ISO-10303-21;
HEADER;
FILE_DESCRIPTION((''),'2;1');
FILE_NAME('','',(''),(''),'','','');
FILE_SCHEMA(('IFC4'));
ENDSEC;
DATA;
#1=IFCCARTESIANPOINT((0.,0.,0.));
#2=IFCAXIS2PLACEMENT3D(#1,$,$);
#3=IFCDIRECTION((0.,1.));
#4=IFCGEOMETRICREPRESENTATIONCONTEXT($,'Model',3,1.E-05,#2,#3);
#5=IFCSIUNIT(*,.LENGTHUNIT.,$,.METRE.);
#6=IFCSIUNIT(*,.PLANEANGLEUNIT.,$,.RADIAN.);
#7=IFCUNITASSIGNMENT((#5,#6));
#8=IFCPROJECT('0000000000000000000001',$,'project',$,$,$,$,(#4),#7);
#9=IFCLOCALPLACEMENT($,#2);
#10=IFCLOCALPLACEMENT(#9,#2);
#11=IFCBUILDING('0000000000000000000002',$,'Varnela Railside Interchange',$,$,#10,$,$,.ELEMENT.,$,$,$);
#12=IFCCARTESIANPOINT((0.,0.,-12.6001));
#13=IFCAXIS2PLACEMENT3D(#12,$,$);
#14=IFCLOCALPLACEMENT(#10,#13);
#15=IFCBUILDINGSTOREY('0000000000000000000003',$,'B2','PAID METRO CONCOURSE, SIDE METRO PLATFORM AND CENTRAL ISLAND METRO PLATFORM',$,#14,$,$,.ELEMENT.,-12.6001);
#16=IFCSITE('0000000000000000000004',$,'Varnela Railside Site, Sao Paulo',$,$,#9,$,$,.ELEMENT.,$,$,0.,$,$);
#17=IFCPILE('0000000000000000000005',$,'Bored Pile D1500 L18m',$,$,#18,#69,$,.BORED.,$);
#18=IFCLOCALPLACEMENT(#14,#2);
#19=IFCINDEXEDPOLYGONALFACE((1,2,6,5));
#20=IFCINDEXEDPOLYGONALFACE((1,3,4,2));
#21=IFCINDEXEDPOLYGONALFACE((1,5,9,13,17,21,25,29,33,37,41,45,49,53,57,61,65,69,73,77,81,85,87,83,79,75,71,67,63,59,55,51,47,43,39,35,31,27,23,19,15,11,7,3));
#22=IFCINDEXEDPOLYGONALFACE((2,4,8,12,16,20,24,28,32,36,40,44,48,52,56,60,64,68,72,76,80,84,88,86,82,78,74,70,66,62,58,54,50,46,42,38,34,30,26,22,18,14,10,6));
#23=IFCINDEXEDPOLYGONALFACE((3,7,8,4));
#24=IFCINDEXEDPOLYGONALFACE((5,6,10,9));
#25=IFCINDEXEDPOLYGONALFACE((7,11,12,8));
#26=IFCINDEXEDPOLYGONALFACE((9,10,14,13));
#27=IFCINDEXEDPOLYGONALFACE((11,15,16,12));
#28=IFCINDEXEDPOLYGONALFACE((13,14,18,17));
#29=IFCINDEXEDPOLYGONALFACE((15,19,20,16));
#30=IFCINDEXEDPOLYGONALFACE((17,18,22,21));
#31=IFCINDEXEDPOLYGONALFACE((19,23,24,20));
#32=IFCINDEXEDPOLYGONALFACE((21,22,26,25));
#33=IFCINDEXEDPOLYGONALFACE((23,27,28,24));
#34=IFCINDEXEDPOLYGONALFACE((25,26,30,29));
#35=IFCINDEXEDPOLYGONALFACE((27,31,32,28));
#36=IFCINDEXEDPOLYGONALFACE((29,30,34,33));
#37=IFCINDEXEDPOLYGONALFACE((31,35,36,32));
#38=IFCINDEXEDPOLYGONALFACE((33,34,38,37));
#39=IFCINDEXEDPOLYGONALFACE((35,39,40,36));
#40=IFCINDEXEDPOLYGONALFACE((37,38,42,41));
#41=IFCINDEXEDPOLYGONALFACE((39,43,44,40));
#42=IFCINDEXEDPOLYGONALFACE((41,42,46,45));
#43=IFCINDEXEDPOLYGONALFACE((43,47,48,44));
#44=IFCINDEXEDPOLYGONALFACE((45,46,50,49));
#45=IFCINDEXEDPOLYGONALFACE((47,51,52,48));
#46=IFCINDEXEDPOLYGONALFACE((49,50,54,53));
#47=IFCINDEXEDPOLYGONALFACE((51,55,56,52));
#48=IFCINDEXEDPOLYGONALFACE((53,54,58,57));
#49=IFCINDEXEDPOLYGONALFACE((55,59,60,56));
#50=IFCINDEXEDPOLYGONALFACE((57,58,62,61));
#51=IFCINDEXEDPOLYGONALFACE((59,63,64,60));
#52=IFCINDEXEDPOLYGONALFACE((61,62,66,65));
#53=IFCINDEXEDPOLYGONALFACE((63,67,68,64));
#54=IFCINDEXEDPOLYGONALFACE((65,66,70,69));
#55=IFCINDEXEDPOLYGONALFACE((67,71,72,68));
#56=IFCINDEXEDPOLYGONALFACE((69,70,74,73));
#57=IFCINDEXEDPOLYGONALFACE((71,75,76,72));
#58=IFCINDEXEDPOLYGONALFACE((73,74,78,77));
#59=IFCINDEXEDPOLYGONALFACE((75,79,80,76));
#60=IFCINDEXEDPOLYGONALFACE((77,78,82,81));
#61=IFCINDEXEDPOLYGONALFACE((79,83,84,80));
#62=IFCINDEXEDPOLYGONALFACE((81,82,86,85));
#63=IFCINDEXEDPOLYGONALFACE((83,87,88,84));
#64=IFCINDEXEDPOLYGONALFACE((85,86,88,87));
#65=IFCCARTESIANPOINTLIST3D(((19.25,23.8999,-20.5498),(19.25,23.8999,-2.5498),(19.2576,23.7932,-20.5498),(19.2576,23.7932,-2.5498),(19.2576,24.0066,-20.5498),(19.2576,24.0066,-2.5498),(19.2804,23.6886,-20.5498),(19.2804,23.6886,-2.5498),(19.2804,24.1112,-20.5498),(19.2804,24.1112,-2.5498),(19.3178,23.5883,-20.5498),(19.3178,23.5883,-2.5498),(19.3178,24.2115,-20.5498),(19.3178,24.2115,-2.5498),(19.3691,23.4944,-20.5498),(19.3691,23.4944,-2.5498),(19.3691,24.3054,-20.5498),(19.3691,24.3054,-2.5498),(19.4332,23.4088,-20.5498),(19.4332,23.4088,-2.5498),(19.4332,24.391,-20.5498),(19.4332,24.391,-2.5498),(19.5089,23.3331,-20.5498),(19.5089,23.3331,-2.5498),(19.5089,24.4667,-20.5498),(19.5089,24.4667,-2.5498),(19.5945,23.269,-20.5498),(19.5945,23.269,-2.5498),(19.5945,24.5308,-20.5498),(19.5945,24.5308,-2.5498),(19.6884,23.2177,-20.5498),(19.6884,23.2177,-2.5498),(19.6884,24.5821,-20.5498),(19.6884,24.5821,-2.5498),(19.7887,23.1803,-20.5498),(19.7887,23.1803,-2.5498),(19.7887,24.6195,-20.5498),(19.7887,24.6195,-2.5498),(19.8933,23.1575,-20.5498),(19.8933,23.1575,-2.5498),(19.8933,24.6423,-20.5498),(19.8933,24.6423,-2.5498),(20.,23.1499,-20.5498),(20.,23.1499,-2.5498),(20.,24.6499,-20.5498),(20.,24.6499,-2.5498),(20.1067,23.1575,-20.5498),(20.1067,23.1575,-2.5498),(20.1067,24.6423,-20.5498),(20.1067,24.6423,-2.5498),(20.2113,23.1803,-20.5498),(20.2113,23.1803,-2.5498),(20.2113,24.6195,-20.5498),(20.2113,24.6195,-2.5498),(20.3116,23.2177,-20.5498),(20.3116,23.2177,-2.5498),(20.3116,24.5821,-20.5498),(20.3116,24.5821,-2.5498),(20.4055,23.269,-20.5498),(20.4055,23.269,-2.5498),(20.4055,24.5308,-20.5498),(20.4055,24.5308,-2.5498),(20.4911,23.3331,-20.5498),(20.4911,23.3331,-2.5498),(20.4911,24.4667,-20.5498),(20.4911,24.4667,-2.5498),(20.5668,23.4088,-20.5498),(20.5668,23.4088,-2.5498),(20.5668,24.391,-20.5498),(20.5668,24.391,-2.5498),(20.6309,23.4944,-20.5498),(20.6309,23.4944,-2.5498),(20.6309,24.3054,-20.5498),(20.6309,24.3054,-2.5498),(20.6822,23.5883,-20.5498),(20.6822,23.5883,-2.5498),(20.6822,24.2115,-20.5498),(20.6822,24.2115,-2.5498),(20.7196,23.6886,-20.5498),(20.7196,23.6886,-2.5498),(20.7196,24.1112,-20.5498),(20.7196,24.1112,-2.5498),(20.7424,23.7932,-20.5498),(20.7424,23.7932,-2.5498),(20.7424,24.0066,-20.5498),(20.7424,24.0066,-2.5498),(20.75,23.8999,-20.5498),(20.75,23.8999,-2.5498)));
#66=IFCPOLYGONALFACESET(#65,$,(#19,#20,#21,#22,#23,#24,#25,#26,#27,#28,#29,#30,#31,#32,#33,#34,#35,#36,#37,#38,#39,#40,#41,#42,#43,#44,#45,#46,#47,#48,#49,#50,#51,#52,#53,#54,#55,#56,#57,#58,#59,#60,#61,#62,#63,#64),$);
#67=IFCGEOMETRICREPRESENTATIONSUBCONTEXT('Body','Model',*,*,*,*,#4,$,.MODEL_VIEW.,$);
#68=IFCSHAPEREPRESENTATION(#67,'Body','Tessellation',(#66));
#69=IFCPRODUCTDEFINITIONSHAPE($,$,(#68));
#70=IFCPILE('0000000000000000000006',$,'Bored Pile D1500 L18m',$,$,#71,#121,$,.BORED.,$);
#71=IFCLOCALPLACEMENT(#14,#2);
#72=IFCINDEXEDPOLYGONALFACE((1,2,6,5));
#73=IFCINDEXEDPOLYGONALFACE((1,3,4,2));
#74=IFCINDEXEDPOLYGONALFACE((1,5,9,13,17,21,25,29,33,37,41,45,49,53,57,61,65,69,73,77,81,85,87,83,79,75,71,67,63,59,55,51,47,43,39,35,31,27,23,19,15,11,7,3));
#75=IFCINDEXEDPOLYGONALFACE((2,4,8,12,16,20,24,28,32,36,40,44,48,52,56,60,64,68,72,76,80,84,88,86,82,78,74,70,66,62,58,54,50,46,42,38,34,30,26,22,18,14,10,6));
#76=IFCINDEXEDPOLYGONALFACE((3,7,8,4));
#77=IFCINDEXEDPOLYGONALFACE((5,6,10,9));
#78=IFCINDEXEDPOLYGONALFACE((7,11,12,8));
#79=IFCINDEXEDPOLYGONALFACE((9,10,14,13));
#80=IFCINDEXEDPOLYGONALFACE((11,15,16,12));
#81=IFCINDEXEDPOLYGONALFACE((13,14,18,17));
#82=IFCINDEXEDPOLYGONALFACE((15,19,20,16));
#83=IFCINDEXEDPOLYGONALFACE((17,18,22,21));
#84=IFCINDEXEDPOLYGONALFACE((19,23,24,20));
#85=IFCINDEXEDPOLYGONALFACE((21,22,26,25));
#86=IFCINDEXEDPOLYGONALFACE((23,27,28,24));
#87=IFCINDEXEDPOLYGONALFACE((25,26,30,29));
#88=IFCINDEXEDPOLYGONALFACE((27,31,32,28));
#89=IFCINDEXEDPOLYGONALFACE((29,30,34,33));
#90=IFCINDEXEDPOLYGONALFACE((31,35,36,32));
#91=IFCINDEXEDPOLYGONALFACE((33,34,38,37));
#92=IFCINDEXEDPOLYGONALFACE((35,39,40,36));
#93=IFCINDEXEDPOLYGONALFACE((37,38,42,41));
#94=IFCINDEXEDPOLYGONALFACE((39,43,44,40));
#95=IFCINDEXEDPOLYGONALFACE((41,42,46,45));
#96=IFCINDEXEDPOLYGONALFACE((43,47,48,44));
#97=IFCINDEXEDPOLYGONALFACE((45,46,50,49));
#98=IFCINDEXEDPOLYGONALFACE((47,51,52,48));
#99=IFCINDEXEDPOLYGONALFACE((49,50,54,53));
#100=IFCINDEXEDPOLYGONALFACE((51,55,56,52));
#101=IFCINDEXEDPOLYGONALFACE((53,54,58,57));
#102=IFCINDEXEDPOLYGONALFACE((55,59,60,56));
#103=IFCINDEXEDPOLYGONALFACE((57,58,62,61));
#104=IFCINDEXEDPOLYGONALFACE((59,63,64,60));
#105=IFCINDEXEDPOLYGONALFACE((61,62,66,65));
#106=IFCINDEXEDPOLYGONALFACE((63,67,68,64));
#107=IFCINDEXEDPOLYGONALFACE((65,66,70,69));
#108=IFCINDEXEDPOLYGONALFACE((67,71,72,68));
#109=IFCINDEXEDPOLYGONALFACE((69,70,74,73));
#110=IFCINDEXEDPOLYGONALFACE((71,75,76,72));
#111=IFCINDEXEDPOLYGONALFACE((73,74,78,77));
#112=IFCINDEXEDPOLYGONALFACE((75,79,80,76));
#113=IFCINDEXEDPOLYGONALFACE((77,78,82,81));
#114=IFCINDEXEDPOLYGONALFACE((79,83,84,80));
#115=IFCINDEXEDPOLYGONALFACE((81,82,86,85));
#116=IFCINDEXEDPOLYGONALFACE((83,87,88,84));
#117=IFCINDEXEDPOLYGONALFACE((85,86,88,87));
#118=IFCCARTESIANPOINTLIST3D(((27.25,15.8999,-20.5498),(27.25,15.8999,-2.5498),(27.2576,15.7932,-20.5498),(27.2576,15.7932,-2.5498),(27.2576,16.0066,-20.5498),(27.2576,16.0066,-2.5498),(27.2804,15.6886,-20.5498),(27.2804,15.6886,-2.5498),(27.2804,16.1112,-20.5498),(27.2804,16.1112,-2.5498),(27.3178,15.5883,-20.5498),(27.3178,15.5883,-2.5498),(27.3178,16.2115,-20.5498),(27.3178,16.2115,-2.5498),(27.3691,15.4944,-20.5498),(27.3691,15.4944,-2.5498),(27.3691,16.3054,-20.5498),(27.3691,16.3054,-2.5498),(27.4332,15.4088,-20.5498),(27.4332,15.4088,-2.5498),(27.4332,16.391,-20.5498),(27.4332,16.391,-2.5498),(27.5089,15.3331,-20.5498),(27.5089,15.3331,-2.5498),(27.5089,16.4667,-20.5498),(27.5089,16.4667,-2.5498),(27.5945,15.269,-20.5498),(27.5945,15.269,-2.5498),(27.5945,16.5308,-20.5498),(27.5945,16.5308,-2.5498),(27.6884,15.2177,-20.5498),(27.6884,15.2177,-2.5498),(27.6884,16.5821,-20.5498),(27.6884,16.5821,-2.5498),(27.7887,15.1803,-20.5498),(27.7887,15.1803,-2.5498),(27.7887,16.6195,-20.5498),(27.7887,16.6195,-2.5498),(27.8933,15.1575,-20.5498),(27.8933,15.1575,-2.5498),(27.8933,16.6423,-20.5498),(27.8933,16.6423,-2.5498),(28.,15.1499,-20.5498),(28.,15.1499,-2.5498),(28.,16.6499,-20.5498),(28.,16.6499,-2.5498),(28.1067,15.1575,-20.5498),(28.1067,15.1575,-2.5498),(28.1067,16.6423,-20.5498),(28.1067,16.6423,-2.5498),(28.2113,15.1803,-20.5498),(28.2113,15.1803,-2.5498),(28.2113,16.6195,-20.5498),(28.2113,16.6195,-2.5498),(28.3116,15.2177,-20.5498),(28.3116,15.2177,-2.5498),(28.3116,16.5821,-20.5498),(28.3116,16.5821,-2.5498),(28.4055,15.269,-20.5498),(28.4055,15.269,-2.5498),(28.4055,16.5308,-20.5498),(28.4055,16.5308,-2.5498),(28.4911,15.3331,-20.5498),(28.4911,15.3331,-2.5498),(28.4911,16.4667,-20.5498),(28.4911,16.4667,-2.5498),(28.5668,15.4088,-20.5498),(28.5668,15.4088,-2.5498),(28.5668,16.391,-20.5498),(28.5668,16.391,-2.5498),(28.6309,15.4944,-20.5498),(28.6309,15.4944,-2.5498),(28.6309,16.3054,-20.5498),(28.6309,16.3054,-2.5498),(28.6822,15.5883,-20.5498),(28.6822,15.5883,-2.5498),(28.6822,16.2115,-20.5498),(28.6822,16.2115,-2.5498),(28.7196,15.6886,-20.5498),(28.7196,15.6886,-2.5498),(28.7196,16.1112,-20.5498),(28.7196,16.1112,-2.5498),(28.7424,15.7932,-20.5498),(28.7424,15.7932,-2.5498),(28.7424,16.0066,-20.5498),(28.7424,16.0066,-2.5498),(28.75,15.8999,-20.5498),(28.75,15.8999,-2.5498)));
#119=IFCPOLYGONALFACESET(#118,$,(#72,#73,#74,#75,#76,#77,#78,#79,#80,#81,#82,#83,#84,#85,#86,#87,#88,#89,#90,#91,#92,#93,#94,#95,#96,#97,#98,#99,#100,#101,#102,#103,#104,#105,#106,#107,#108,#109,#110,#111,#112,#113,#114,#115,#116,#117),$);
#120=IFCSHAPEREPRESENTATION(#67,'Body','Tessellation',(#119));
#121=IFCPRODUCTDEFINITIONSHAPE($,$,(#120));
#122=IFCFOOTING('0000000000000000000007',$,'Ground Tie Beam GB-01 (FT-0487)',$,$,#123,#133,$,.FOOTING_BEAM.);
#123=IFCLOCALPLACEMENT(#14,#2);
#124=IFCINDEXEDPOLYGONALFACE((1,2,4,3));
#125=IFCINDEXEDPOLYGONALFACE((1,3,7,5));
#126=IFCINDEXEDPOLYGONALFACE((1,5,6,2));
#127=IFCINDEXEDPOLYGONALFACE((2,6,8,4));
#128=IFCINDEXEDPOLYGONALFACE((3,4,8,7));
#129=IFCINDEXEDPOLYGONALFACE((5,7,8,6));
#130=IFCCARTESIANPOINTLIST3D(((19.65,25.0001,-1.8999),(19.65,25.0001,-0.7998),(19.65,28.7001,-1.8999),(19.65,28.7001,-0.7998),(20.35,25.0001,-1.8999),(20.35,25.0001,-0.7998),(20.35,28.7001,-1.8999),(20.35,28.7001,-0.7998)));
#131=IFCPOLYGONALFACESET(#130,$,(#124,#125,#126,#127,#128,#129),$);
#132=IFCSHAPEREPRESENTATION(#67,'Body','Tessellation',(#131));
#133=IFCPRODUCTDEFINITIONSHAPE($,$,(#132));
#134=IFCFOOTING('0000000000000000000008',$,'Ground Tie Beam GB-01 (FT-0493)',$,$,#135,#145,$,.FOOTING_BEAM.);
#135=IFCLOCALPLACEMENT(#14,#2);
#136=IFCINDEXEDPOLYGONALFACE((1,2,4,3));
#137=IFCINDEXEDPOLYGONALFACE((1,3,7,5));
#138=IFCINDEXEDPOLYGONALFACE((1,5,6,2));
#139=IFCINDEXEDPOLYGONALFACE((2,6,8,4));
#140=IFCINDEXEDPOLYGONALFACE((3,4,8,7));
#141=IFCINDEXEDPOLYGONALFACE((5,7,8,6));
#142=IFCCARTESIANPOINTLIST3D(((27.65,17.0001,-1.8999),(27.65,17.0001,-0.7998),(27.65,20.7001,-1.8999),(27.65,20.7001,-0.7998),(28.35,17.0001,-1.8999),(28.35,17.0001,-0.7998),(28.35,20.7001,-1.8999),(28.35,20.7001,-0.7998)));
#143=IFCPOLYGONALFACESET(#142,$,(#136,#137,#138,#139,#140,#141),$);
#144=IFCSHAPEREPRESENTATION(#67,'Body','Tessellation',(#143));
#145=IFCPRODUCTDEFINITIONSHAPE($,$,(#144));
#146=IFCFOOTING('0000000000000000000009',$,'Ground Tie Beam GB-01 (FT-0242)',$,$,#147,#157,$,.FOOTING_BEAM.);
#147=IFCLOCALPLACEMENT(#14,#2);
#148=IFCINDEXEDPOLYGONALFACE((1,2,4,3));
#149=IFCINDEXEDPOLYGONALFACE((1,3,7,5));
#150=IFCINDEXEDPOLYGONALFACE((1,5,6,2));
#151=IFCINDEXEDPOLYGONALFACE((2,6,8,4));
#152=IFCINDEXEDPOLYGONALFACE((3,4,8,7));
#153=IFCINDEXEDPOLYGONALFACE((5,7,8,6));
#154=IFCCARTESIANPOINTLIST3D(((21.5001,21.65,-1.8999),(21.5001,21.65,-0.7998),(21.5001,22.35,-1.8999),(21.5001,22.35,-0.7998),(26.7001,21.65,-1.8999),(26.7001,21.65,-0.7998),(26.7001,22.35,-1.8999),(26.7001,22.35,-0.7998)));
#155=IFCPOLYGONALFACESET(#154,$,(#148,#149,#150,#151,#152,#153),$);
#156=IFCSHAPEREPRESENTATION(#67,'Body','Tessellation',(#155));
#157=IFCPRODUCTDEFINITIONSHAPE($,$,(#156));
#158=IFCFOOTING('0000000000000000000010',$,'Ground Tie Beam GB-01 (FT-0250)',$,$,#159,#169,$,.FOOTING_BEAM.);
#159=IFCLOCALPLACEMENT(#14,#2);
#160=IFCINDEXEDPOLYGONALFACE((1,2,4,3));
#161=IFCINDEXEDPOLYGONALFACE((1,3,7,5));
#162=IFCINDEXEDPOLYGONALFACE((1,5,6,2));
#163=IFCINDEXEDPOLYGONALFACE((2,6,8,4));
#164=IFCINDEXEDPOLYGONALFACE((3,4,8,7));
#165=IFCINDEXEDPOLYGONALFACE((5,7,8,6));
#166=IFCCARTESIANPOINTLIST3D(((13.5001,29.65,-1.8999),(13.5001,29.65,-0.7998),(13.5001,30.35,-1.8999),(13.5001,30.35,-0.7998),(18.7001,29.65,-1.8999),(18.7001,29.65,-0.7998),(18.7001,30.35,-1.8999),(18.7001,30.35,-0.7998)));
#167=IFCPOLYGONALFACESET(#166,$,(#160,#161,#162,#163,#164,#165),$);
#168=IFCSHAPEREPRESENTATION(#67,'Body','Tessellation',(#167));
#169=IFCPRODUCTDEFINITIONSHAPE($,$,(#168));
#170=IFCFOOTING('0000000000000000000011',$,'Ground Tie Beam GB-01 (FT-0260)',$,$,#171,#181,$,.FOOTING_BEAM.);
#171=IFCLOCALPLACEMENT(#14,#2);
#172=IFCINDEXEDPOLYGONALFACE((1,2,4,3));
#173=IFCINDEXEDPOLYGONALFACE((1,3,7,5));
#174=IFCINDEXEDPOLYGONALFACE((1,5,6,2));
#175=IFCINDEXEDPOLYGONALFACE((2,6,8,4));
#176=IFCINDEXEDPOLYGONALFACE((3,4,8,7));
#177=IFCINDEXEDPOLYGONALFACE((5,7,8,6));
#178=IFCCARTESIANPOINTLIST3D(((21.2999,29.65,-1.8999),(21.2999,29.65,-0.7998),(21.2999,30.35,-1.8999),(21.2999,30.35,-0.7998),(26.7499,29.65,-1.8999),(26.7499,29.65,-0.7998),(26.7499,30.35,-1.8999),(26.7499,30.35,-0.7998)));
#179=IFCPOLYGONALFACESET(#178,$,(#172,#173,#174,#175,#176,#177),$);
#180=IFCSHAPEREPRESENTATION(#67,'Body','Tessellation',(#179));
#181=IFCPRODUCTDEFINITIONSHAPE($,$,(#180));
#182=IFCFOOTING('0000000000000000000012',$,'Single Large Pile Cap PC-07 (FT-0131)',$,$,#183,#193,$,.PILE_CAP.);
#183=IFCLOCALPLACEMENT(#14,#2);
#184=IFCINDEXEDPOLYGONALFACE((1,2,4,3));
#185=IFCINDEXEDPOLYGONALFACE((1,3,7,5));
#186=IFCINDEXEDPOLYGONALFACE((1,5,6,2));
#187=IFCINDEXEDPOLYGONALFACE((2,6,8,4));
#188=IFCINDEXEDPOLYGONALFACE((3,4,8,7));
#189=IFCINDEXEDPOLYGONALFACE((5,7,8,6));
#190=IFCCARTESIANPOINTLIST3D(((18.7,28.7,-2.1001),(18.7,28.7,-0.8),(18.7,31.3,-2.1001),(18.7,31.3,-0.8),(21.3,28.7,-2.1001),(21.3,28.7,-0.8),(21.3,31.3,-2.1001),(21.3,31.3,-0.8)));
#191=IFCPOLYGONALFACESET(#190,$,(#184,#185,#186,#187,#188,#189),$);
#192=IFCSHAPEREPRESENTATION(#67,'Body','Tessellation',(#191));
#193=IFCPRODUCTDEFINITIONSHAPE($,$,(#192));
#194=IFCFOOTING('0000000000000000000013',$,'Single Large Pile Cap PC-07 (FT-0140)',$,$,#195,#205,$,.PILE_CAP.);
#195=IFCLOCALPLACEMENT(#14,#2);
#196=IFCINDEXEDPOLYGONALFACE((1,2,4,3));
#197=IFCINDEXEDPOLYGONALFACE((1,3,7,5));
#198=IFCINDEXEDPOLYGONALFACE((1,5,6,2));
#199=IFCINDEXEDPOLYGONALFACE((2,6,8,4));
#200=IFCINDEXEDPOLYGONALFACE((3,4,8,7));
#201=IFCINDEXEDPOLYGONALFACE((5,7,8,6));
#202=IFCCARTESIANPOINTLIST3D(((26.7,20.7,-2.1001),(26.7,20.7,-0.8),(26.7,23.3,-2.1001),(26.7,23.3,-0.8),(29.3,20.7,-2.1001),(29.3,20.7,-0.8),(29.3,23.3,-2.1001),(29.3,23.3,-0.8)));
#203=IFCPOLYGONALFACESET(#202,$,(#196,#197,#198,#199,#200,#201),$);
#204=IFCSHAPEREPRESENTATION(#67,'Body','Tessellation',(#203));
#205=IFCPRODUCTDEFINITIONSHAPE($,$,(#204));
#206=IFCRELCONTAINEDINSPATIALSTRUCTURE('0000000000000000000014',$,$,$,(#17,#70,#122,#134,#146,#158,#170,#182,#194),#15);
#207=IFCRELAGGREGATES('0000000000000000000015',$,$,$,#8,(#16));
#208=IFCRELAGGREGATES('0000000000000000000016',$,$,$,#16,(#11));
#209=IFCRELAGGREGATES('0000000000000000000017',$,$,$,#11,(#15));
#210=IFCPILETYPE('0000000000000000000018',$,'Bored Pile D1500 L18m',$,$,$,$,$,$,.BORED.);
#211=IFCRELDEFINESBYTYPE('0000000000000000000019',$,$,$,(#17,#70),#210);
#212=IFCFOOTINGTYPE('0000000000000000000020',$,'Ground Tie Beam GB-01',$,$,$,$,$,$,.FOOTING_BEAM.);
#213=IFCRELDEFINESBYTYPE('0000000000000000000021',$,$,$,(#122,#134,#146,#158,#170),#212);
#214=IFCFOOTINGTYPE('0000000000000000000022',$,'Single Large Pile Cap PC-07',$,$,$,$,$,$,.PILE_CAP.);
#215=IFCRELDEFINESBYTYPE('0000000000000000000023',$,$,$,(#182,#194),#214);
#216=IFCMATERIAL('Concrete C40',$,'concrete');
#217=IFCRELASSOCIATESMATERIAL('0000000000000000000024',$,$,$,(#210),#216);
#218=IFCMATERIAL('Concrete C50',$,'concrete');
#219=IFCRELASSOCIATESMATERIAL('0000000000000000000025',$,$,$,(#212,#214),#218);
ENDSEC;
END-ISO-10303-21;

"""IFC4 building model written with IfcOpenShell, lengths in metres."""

from ifc_helpers import new_model, si_unit, direction, frame, origin, origin_2d, place, context, subcontext, project, spatial, rectangle, circle, extrude, material, material_profile, profile_set, type_object, element, save


model = new_model("IFC4")

# Units and contexts
model_context = context("Model", 3, precision=1e-05, world=origin(), true_north=direction((0.0, 1.0)))
body_context = subcontext(model_context, "Body", "Model", "MODEL_VIEW")
ifc_project = project(units=[si_unit("LENGTHUNIT", "METRE"), si_unit("PLANEANGLEUNIT", "RADIAN")], contexts=[model_context])

# Site, building, storey
site_placement = place(None, origin())
site = spatial("IfcSite", under=ifc_project, at=site_placement, Name="Varnela Railside Site, Sao Paulo", CompositionType="ELEMENT", RefElevation=0.0)
building_placement = place(site_placement, origin())
building = spatial("IfcBuilding", under=site, at=building_placement, Name="Varnela Railside Interchange", CompositionType="ELEMENT")
storey_placement = place(building_placement, frame((0.0, 0.0, -12.6001)))
storey = spatial("IfcBuildingStorey", under=building, at=storey_placement, Name="B2", Description="PAID METRO CONCOURSE, SIDE METRO PLATFORM AND CENTRAL ISLAND METRO PLATFORM", CompositionType="ELEMENT", Elevation=-12.6001)

# Piles
ifc_material_1 = material(Name="Concrete C40", Category="concrete")
ifc_material_profile_1 = material_profile(ifc_material_1, circle(Radius=0.75, at=origin_2d()), Name="BORED PILE D1500")
ifc_profile_set_1 = profile_set([ifc_material_profile_1], Name="Concrete C40")
pile_type_1 = type_object("IfcPileType", Name="Bored Pile D1500 L18m", PredefinedType="BORED", material=ifc_profile_set_1)
for number, where, z_axis, x_axis, name in (
    (1, (20.0, 23.8999, -2.5498), (0.0, 0.0, -1.0), (1.0, 0.0, 0.0), "Bored Pile D1500 L18m"),
    (2, (28.0, 15.8999, -2.5498), (0.0, 0.0, -1.0), (1.0, 0.0, 0.0), "Bored Pile D1500 L18m"),
):
    element("IfcPile", number, at=place(storey_placement, frame(where, z_axis=z_axis, x_axis=x_axis)), inside=storey, type_object=pile_type_1, Name=name, PredefinedType="BORED", context=body_context, shape_type="SweptSolid", body=[
        extrude(circle(Radius=0.75, at=origin_2d()), origin(), (0.0, 0.0, 1.0), 18.0),
    ])

# Footings
ifc_material_2 = material(Name="Concrete C50", Category="concrete")
footing_type_1 = type_object("IfcFootingType", Name="Ground Tie Beam GB-01", PredefinedType="FOOTING_BEAM", material=ifc_material_2)
for number, where, z_axis, x_axis, name in (
    (3, (20.0, 26.8501, -1.8999), (0.0, 0.0, 1.0), (1.0, 0.0, 0.0), "Ground Tie Beam GB-01 (FT-0487)"),
    (4, (28.0, 18.8501, -1.8999), (0.0, 0.0, 1.0), (1.0, 0.0, 0.0), "Ground Tie Beam GB-01 (FT-0493)"),
):
    element("IfcFooting", number, at=place(storey_placement, frame(where, z_axis=z_axis, x_axis=x_axis)), inside=storey, type_object=footing_type_1, Name=name, PredefinedType="FOOTING_BEAM", context=body_context, shape_type="SweptSolid", body=[
        extrude(rectangle(XDim=0.7, YDim=3.7, at=origin_2d()), origin(), (0.0, 0.0, 1.0), 1.1001),
    ])
for number, where, z_axis, x_axis, name in (
    (5, (24.1001, 22.0, -1.8999), (0.0, 0.0, 1.0), (1.0, 0.0, 0.0), "Ground Tie Beam GB-01 (FT-0242)"),
    (6, (16.1001, 30.0, -1.8999), (0.0, 0.0, 1.0), (1.0, 0.0, 0.0), "Ground Tie Beam GB-01 (FT-0250)"),
):
    element("IfcFooting", number, at=place(storey_placement, frame(where, z_axis=z_axis, x_axis=x_axis)), inside=storey, type_object=footing_type_1, Name=name, PredefinedType="FOOTING_BEAM", context=body_context, shape_type="SweptSolid", body=[
        extrude(rectangle(XDim=5.2, YDim=0.7, at=origin_2d()), origin(), (0.0, 0.0, 1.0), 1.1001),
    ])
footing_placement = place(storey_placement, frame((24.0249, 30.0, -1.8999), z_axis=(0.0, 0.0, 1.0), x_axis=(1.0, 0.0, 0.0)))
element("IfcFooting", 7, at=footing_placement, inside=storey, type_object=footing_type_1, Name="Ground Tie Beam GB-01 (FT-0260)", PredefinedType="FOOTING_BEAM", context=body_context, shape_type="SweptSolid", body=[
    extrude(rectangle(XDim=5.45, YDim=0.7, at=origin_2d()), origin(), (0.0, 0.0, 1.0), 1.1001),
])
footing_type_2 = type_object("IfcFootingType", Name="Single Large Pile Cap PC-07", PredefinedType="PILE_CAP", material=ifc_material_2)
for number, where, z_axis, x_axis, name in (
    (8, (20.0, 30.0, -2.1001), (0.0, 0.0, 1.0), (1.0, 0.0, 0.0), "Single Large Pile Cap PC-07 (FT-0131)"),
    (9, (28.0, 22.0, -2.1001), (0.0, 0.0, 1.0), (1.0, 0.0, 0.0), "Single Large Pile Cap PC-07 (FT-0140)"),
):
    element("IfcFooting", number, at=place(storey_placement, frame(where, z_axis=z_axis, x_axis=x_axis)), inside=storey, type_object=footing_type_2, Name=name, PredefinedType="PILE_CAP", context=body_context, shape_type="SweptSolid", body=[
        extrude(rectangle(XDim=2.6001, YDim=2.6001, at=origin_2d()), origin(), (0.0, 0.0, 1.0), 1.3),
    ])

save(model, "model.ifc")
